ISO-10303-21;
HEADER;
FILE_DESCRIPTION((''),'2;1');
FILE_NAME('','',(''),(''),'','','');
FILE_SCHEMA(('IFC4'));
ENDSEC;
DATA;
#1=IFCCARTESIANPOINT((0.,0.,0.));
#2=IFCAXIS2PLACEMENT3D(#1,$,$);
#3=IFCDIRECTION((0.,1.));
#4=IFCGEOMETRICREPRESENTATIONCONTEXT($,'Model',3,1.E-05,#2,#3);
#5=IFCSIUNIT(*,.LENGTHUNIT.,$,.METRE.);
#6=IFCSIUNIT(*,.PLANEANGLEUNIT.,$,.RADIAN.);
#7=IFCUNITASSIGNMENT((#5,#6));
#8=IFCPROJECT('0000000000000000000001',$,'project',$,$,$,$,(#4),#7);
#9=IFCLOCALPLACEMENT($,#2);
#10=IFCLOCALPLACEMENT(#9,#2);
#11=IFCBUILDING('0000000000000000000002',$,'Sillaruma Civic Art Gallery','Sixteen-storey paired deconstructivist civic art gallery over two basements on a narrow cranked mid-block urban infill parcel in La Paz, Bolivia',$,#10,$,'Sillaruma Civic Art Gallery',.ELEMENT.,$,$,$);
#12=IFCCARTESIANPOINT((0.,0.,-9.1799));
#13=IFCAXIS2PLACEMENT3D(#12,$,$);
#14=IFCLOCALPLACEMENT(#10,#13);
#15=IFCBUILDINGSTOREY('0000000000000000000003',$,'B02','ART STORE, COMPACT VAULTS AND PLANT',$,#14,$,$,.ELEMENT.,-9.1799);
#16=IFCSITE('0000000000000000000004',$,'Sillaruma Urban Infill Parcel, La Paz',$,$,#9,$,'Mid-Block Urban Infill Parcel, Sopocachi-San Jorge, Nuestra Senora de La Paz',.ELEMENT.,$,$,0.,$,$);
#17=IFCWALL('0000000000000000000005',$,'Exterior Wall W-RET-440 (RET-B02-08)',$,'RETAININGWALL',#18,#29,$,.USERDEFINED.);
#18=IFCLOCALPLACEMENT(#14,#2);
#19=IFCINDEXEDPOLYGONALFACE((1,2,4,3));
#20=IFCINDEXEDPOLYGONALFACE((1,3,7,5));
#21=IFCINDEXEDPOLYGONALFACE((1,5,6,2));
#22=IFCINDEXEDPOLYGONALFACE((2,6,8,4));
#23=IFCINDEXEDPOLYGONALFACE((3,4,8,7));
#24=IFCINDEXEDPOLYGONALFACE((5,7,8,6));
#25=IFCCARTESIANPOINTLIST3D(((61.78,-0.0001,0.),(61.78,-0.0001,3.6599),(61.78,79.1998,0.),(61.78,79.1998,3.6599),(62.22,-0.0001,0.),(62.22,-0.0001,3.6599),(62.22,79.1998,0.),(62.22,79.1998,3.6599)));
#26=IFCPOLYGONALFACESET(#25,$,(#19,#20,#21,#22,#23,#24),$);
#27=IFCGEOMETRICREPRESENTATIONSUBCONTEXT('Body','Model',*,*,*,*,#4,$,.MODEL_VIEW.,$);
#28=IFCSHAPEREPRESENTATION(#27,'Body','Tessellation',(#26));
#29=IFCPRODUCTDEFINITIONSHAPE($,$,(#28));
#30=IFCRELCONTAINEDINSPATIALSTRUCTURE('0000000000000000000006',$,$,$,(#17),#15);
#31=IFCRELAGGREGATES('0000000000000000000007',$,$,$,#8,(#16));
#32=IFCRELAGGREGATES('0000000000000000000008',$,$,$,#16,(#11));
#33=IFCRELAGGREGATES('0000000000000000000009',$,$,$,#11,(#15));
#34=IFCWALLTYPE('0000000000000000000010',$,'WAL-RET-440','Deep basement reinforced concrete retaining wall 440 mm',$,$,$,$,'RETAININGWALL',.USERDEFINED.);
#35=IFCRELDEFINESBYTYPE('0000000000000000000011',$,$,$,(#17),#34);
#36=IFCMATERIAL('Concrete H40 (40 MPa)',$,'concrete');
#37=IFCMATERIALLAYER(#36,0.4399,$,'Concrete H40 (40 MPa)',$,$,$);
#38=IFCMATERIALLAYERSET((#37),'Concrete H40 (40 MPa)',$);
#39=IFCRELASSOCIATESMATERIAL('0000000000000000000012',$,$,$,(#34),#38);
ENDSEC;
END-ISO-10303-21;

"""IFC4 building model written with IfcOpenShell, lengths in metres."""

from ifc_helpers import new_model, si_unit, direction, frame, frame_2d, origin, place, context, subcontext, project, spatial, rectangle, extrude, material, layer, layer_set, type_object, element, save


model = new_model("IFC4")

# Units and contexts
model_context = context("Model", 3, precision=1e-05, world=origin(), true_north=direction((0.0, 1.0)))
body_context = subcontext(model_context, "Body", "Model", "MODEL_VIEW")
ifc_project = project(units=[si_unit("LENGTHUNIT", "METRE"), si_unit("PLANEANGLEUNIT", "RADIAN")], contexts=[model_context])

# Site, building, storey
site_placement = place(None, origin())
site = spatial("IfcSite", under=ifc_project, at=site_placement, Name="Sillaruma Urban Infill Parcel, La Paz", LongName="Mid-Block Urban Infill Parcel, Sopocachi-San Jorge, Nuestra Senora de La Paz", CompositionType="ELEMENT", RefElevation=0.0)
building_placement = place(site_placement, origin())
building = spatial("IfcBuilding", under=site, at=building_placement, Name="Sillaruma Civic Art Gallery", Description="Sixteen-storey paired deconstructivist civic art gallery over two basements on a narrow cranked mid-block urban infill parcel in La Paz, Bolivia", LongName="Sillaruma Civic Art Gallery", CompositionType="ELEMENT")
storey_placement = place(building_placement, frame((0.0, 0.0, -9.1799)))
storey = spatial("IfcBuildingStorey", under=building, at=storey_placement, Name="B02", Description="ART STORE, COMPACT VAULTS AND PLANT", CompositionType="ELEMENT", Elevation=-9.1799)

# Shared definitions
ifc_material_1 = material(Name="Concrete H40 (40 MPa)", Category="concrete")

# Wall
ifc_layer_1 = layer(ifc_material_1, 0.4399, Name="Concrete H40 (40 MPa)")
ifc_layer_set_1 = layer_set([ifc_layer_1], Name="Concrete H40 (40 MPa)")
wall_type_1 = type_object("IfcWallType", Name="WAL-RET-440", Description="Deep basement reinforced concrete retaining wall 440 mm", ElementType="RETAININGWALL", PredefinedType="USERDEFINED", material=ifc_layer_set_1)
wall_1_placement = place(storey_placement, frame((62.0, 79.2, 0.0), z_axis=(0.0, 0.0, 1.0), x_axis=(0.0, -1.0, 0.0)))
element("IfcWall", 1, at=wall_1_placement, inside=storey, type_object=wall_type_1, Name="Exterior Wall W-RET-440 (RET-B02-08)", ObjectType="RETAININGWALL", PredefinedType="USERDEFINED", context=body_context, shape_type="SweptSolid", body=[
    extrude(rectangle(XDim=79.2, YDim=0.4399, at=frame_2d((39.6001, 0.0))), origin(), (0.0, 0.0, 1.0), 3.6599),
])

save(model, "model.ifc")
